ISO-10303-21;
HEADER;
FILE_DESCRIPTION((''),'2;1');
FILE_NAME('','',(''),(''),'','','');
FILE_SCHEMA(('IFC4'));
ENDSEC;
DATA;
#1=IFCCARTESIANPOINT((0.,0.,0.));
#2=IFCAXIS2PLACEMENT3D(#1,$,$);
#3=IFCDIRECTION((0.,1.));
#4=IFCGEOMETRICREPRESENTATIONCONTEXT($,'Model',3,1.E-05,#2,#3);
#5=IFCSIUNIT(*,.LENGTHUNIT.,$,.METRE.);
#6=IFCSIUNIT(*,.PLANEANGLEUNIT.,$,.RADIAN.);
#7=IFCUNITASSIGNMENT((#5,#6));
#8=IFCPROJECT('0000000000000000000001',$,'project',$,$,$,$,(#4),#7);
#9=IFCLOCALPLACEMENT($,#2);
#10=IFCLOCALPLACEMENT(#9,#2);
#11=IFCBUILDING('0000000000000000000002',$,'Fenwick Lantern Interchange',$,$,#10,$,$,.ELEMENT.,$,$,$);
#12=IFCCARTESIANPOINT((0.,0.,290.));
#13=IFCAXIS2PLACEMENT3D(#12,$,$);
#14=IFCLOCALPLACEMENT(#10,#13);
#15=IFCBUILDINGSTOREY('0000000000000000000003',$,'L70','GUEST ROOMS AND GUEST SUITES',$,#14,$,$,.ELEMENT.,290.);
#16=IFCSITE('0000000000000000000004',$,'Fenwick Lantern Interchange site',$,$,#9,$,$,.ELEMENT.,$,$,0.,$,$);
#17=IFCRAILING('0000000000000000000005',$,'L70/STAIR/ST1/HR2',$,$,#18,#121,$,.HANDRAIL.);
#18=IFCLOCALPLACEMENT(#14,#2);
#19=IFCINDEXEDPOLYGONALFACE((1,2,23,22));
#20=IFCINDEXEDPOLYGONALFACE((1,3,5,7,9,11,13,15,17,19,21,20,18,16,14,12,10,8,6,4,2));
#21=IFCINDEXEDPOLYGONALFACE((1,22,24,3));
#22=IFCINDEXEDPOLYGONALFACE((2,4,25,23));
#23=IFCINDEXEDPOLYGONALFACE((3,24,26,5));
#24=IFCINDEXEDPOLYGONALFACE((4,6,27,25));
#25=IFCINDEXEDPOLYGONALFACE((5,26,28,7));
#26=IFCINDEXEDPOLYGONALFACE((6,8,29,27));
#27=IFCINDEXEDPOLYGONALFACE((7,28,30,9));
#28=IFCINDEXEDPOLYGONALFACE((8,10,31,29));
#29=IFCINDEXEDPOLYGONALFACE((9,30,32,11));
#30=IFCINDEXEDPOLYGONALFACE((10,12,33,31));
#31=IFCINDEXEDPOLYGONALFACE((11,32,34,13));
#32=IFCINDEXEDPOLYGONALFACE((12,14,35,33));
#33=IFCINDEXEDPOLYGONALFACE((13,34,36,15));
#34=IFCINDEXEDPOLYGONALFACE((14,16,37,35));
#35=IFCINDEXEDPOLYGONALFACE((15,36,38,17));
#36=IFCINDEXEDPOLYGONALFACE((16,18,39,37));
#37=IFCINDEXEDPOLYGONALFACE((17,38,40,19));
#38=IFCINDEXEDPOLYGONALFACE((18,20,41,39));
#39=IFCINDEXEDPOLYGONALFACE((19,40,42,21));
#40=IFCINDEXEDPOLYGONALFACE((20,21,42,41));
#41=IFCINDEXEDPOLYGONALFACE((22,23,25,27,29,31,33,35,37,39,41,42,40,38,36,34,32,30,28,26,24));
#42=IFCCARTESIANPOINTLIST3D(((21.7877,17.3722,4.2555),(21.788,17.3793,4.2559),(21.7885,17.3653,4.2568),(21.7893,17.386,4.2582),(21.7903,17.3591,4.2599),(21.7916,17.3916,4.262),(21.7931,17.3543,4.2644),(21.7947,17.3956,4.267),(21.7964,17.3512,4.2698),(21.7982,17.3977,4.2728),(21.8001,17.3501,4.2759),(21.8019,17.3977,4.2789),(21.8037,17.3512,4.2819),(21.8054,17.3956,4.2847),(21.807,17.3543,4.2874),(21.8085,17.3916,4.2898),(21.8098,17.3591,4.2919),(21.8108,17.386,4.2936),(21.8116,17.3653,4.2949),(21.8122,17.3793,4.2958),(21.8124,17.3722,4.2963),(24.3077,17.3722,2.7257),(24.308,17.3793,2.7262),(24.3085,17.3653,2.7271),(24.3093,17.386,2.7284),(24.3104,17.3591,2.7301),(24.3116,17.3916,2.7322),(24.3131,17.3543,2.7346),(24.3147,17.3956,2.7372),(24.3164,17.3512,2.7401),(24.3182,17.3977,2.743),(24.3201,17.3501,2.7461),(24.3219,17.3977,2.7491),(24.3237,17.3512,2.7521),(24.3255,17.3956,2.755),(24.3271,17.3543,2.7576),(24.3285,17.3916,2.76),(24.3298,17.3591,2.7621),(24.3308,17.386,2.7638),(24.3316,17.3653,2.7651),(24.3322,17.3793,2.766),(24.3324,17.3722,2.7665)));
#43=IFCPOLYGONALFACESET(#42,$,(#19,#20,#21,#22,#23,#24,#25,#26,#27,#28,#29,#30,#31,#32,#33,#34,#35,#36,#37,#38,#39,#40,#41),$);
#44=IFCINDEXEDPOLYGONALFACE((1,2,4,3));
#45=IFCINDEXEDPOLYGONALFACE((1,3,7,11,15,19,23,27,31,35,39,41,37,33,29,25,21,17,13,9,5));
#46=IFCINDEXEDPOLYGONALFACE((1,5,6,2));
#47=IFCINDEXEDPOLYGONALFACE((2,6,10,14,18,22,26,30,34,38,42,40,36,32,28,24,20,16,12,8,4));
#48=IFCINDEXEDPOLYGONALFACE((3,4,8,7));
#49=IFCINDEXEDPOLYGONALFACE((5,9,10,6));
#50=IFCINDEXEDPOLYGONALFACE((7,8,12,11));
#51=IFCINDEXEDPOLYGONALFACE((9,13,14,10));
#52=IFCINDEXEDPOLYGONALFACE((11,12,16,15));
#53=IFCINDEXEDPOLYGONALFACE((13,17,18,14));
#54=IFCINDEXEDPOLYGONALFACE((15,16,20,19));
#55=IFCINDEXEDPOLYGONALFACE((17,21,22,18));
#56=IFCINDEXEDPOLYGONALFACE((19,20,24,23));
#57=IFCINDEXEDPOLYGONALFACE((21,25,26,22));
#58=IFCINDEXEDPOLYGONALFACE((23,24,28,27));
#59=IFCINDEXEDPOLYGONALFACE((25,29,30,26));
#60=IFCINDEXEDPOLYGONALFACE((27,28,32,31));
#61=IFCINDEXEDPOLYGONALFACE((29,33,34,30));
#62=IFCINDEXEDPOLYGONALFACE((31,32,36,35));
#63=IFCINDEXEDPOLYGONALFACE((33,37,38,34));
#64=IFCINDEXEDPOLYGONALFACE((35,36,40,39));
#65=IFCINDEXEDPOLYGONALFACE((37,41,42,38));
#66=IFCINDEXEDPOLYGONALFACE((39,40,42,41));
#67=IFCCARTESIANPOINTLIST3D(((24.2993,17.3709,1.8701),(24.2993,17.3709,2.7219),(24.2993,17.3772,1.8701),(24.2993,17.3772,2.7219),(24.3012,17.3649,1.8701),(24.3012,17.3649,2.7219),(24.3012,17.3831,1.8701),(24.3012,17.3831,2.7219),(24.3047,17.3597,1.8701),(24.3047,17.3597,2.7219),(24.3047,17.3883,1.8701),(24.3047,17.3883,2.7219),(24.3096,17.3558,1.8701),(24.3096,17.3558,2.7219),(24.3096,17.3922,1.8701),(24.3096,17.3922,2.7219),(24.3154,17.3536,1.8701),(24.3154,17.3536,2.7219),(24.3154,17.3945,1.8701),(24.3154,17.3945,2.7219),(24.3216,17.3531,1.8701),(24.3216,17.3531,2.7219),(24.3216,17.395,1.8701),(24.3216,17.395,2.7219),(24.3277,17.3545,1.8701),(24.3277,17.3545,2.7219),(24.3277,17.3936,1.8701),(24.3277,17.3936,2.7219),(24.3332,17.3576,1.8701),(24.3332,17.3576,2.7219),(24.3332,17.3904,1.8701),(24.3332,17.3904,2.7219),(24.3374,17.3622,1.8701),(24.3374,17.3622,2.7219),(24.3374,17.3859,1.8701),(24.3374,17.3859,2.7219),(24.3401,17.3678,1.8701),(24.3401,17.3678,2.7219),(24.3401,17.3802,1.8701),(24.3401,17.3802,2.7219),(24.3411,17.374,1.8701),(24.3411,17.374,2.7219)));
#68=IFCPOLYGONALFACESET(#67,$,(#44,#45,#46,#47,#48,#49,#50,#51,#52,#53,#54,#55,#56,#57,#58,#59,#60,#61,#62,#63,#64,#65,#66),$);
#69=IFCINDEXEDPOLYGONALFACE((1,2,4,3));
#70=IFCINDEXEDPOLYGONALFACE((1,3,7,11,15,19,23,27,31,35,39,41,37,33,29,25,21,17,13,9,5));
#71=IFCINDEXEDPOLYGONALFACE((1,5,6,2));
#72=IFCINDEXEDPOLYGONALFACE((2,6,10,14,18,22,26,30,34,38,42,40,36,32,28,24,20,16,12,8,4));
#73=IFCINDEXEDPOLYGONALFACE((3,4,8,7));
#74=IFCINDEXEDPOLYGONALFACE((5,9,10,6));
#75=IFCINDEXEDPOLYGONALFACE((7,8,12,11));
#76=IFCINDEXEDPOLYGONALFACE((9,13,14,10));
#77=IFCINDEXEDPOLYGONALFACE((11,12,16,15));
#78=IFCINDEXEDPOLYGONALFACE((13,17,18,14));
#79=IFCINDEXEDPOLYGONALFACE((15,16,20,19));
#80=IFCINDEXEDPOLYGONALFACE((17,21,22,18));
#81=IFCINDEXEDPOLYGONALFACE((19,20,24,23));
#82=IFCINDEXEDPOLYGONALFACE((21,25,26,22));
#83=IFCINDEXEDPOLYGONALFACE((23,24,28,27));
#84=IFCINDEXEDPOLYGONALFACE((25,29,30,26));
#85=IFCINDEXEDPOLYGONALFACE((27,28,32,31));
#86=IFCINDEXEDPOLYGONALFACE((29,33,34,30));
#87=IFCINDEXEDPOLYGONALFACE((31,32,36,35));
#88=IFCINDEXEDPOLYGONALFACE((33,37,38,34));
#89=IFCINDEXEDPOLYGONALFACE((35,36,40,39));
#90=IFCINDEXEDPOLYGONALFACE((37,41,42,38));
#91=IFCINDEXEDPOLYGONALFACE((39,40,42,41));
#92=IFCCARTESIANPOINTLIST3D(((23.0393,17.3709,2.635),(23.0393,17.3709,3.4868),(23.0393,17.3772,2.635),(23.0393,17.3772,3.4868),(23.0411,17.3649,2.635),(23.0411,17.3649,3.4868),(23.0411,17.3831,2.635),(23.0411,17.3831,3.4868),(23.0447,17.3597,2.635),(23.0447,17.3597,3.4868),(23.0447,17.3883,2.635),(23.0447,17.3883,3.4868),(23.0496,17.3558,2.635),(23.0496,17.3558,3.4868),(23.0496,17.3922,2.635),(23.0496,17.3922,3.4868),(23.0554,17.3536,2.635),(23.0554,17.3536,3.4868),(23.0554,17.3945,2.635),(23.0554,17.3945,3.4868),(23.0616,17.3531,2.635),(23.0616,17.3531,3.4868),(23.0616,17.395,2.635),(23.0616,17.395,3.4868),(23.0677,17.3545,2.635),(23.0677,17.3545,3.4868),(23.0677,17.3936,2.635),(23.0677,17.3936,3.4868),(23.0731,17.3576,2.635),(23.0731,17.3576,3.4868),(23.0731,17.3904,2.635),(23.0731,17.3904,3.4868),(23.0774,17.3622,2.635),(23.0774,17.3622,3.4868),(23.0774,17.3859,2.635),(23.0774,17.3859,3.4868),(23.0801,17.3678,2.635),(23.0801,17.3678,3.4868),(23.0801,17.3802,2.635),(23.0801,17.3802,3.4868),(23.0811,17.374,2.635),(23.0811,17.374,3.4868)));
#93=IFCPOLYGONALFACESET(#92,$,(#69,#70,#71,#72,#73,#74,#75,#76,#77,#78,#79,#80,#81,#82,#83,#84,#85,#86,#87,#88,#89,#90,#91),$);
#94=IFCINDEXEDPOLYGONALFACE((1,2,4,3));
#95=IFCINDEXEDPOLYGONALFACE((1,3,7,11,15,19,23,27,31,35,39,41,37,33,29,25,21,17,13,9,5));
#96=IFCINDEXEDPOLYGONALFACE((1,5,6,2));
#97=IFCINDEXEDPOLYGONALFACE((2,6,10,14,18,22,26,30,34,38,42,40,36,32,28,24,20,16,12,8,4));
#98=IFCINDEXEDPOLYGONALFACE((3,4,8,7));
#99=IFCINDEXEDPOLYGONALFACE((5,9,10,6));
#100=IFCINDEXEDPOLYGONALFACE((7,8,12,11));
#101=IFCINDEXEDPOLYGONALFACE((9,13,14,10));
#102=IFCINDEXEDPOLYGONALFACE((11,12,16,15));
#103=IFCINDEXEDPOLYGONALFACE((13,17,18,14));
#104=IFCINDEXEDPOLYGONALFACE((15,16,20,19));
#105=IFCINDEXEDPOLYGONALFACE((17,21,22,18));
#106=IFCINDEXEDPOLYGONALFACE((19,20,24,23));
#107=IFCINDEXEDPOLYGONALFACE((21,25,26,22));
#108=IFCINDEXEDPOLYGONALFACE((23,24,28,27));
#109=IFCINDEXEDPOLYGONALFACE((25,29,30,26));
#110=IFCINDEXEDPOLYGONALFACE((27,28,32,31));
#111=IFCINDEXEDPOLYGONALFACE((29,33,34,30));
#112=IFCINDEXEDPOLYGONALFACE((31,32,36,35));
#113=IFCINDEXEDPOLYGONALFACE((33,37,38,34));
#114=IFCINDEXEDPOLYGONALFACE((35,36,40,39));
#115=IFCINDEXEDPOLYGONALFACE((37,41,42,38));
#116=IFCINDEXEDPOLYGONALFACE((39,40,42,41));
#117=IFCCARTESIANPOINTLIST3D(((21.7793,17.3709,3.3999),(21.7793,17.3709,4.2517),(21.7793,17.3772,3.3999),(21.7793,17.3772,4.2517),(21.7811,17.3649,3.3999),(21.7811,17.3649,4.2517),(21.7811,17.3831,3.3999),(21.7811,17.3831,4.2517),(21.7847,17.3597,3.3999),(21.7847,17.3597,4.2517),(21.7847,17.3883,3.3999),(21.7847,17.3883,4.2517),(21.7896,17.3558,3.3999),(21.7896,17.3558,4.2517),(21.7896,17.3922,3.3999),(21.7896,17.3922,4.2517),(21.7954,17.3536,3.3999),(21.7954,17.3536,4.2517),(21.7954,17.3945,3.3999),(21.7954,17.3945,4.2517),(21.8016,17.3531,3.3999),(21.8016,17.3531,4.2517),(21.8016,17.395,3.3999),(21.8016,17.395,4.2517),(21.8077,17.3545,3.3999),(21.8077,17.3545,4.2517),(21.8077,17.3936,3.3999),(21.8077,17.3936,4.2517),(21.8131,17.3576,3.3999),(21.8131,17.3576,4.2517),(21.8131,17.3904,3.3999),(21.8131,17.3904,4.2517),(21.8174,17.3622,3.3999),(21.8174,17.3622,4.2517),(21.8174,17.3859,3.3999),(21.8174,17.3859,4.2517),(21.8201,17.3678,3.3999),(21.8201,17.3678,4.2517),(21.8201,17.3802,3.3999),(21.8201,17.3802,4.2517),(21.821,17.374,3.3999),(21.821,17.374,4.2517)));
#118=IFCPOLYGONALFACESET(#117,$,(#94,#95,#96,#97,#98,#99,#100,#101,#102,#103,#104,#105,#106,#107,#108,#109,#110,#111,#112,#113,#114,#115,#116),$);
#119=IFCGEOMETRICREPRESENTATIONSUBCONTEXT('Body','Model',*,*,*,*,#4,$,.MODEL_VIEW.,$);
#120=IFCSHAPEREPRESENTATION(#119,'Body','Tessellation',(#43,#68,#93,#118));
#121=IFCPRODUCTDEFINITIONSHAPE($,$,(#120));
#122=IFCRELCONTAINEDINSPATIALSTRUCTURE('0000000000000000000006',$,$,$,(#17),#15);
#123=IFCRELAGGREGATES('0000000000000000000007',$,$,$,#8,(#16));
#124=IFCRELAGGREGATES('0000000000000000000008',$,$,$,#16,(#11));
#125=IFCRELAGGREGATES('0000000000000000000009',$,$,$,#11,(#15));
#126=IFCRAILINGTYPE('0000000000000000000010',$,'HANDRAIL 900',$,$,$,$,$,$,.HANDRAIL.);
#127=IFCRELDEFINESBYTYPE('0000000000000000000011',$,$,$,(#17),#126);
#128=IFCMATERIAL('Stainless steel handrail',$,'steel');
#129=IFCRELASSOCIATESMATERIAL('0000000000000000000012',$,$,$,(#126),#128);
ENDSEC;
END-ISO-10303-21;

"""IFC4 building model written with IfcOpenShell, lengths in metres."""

from ifc_helpers import new_model, si_unit, direction, frame, origin, origin_2d, place, context, subcontext, project, spatial, circle, extrude, material, type_object, element, save


model = new_model("IFC4")

# Units and contexts
model_context = context("Model", 3, precision=1e-05, world=origin(), true_north=direction((0.0, 1.0)))
body_context = subcontext(model_context, "Body", "Model", "MODEL_VIEW")
ifc_project = project(units=[si_unit("LENGTHUNIT", "METRE"), si_unit("PLANEANGLEUNIT", "RADIAN")], contexts=[model_context])

# Site, building, storey
site_placement = place(None, origin())
site = spatial("IfcSite", under=ifc_project, at=site_placement, Name="Fenwick Lantern Interchange site", CompositionType="ELEMENT", RefElevation=0.0)
building_placement = place(site_placement, origin())
building = spatial("IfcBuilding", under=site, at=building_placement, Name="Fenwick Lantern Interchange", CompositionType="ELEMENT")
storey_placement = place(building_placement, frame((0.0, 0.0, 290.0)))
storey = spatial("IfcBuildingStorey", under=building, at=storey_placement, Name="L70", Description="GUEST ROOMS AND GUEST SUITES", CompositionType="ELEMENT", Elevation=290.0)

# Railing
ifc_material_1 = material(Name="Stainless steel handrail", Category="steel")
railing_type = type_object("IfcRailingType", Name="HANDRAIL 900", PredefinedType="HANDRAIL", material=ifc_material_1)
railing_1_placement = place(storey_placement, frame((24.3201, 17.374, 1.8701)))
element("IfcRailing", 1, at=railing_1_placement, inside=storey, type_object=railing_type, Name="L70/STAIR/ST1/HR2", PredefinedType="HANDRAIL", context=body_context, shape_type="SweptSolid", body=[
    extrude(circle(Radius=0.0239, at=origin_2d()), frame((0.0, 0.0, 0.876), z_axis=(-0.854822, 0.0, 0.518922), x_axis=(0.0, -1.0, 0.0)), (0.0, 0.0, 1.0), 2.948),
    extrude(circle(Radius=0.021, at=origin_2d()), origin(), (0.0, 0.0, 1.0), 0.8518),
    extrude(circle(Radius=0.021, at=origin_2d()), frame((-1.26, 0.0, 0.7649)), (0.0, 0.0, 1.0), 0.8518),
    extrude(circle(Radius=0.021, at=origin_2d()), frame((-2.52, 0.0, 1.5298)), (0.0, 0.0, 1.0), 0.8518),
])

save(model, "model.ifc")
